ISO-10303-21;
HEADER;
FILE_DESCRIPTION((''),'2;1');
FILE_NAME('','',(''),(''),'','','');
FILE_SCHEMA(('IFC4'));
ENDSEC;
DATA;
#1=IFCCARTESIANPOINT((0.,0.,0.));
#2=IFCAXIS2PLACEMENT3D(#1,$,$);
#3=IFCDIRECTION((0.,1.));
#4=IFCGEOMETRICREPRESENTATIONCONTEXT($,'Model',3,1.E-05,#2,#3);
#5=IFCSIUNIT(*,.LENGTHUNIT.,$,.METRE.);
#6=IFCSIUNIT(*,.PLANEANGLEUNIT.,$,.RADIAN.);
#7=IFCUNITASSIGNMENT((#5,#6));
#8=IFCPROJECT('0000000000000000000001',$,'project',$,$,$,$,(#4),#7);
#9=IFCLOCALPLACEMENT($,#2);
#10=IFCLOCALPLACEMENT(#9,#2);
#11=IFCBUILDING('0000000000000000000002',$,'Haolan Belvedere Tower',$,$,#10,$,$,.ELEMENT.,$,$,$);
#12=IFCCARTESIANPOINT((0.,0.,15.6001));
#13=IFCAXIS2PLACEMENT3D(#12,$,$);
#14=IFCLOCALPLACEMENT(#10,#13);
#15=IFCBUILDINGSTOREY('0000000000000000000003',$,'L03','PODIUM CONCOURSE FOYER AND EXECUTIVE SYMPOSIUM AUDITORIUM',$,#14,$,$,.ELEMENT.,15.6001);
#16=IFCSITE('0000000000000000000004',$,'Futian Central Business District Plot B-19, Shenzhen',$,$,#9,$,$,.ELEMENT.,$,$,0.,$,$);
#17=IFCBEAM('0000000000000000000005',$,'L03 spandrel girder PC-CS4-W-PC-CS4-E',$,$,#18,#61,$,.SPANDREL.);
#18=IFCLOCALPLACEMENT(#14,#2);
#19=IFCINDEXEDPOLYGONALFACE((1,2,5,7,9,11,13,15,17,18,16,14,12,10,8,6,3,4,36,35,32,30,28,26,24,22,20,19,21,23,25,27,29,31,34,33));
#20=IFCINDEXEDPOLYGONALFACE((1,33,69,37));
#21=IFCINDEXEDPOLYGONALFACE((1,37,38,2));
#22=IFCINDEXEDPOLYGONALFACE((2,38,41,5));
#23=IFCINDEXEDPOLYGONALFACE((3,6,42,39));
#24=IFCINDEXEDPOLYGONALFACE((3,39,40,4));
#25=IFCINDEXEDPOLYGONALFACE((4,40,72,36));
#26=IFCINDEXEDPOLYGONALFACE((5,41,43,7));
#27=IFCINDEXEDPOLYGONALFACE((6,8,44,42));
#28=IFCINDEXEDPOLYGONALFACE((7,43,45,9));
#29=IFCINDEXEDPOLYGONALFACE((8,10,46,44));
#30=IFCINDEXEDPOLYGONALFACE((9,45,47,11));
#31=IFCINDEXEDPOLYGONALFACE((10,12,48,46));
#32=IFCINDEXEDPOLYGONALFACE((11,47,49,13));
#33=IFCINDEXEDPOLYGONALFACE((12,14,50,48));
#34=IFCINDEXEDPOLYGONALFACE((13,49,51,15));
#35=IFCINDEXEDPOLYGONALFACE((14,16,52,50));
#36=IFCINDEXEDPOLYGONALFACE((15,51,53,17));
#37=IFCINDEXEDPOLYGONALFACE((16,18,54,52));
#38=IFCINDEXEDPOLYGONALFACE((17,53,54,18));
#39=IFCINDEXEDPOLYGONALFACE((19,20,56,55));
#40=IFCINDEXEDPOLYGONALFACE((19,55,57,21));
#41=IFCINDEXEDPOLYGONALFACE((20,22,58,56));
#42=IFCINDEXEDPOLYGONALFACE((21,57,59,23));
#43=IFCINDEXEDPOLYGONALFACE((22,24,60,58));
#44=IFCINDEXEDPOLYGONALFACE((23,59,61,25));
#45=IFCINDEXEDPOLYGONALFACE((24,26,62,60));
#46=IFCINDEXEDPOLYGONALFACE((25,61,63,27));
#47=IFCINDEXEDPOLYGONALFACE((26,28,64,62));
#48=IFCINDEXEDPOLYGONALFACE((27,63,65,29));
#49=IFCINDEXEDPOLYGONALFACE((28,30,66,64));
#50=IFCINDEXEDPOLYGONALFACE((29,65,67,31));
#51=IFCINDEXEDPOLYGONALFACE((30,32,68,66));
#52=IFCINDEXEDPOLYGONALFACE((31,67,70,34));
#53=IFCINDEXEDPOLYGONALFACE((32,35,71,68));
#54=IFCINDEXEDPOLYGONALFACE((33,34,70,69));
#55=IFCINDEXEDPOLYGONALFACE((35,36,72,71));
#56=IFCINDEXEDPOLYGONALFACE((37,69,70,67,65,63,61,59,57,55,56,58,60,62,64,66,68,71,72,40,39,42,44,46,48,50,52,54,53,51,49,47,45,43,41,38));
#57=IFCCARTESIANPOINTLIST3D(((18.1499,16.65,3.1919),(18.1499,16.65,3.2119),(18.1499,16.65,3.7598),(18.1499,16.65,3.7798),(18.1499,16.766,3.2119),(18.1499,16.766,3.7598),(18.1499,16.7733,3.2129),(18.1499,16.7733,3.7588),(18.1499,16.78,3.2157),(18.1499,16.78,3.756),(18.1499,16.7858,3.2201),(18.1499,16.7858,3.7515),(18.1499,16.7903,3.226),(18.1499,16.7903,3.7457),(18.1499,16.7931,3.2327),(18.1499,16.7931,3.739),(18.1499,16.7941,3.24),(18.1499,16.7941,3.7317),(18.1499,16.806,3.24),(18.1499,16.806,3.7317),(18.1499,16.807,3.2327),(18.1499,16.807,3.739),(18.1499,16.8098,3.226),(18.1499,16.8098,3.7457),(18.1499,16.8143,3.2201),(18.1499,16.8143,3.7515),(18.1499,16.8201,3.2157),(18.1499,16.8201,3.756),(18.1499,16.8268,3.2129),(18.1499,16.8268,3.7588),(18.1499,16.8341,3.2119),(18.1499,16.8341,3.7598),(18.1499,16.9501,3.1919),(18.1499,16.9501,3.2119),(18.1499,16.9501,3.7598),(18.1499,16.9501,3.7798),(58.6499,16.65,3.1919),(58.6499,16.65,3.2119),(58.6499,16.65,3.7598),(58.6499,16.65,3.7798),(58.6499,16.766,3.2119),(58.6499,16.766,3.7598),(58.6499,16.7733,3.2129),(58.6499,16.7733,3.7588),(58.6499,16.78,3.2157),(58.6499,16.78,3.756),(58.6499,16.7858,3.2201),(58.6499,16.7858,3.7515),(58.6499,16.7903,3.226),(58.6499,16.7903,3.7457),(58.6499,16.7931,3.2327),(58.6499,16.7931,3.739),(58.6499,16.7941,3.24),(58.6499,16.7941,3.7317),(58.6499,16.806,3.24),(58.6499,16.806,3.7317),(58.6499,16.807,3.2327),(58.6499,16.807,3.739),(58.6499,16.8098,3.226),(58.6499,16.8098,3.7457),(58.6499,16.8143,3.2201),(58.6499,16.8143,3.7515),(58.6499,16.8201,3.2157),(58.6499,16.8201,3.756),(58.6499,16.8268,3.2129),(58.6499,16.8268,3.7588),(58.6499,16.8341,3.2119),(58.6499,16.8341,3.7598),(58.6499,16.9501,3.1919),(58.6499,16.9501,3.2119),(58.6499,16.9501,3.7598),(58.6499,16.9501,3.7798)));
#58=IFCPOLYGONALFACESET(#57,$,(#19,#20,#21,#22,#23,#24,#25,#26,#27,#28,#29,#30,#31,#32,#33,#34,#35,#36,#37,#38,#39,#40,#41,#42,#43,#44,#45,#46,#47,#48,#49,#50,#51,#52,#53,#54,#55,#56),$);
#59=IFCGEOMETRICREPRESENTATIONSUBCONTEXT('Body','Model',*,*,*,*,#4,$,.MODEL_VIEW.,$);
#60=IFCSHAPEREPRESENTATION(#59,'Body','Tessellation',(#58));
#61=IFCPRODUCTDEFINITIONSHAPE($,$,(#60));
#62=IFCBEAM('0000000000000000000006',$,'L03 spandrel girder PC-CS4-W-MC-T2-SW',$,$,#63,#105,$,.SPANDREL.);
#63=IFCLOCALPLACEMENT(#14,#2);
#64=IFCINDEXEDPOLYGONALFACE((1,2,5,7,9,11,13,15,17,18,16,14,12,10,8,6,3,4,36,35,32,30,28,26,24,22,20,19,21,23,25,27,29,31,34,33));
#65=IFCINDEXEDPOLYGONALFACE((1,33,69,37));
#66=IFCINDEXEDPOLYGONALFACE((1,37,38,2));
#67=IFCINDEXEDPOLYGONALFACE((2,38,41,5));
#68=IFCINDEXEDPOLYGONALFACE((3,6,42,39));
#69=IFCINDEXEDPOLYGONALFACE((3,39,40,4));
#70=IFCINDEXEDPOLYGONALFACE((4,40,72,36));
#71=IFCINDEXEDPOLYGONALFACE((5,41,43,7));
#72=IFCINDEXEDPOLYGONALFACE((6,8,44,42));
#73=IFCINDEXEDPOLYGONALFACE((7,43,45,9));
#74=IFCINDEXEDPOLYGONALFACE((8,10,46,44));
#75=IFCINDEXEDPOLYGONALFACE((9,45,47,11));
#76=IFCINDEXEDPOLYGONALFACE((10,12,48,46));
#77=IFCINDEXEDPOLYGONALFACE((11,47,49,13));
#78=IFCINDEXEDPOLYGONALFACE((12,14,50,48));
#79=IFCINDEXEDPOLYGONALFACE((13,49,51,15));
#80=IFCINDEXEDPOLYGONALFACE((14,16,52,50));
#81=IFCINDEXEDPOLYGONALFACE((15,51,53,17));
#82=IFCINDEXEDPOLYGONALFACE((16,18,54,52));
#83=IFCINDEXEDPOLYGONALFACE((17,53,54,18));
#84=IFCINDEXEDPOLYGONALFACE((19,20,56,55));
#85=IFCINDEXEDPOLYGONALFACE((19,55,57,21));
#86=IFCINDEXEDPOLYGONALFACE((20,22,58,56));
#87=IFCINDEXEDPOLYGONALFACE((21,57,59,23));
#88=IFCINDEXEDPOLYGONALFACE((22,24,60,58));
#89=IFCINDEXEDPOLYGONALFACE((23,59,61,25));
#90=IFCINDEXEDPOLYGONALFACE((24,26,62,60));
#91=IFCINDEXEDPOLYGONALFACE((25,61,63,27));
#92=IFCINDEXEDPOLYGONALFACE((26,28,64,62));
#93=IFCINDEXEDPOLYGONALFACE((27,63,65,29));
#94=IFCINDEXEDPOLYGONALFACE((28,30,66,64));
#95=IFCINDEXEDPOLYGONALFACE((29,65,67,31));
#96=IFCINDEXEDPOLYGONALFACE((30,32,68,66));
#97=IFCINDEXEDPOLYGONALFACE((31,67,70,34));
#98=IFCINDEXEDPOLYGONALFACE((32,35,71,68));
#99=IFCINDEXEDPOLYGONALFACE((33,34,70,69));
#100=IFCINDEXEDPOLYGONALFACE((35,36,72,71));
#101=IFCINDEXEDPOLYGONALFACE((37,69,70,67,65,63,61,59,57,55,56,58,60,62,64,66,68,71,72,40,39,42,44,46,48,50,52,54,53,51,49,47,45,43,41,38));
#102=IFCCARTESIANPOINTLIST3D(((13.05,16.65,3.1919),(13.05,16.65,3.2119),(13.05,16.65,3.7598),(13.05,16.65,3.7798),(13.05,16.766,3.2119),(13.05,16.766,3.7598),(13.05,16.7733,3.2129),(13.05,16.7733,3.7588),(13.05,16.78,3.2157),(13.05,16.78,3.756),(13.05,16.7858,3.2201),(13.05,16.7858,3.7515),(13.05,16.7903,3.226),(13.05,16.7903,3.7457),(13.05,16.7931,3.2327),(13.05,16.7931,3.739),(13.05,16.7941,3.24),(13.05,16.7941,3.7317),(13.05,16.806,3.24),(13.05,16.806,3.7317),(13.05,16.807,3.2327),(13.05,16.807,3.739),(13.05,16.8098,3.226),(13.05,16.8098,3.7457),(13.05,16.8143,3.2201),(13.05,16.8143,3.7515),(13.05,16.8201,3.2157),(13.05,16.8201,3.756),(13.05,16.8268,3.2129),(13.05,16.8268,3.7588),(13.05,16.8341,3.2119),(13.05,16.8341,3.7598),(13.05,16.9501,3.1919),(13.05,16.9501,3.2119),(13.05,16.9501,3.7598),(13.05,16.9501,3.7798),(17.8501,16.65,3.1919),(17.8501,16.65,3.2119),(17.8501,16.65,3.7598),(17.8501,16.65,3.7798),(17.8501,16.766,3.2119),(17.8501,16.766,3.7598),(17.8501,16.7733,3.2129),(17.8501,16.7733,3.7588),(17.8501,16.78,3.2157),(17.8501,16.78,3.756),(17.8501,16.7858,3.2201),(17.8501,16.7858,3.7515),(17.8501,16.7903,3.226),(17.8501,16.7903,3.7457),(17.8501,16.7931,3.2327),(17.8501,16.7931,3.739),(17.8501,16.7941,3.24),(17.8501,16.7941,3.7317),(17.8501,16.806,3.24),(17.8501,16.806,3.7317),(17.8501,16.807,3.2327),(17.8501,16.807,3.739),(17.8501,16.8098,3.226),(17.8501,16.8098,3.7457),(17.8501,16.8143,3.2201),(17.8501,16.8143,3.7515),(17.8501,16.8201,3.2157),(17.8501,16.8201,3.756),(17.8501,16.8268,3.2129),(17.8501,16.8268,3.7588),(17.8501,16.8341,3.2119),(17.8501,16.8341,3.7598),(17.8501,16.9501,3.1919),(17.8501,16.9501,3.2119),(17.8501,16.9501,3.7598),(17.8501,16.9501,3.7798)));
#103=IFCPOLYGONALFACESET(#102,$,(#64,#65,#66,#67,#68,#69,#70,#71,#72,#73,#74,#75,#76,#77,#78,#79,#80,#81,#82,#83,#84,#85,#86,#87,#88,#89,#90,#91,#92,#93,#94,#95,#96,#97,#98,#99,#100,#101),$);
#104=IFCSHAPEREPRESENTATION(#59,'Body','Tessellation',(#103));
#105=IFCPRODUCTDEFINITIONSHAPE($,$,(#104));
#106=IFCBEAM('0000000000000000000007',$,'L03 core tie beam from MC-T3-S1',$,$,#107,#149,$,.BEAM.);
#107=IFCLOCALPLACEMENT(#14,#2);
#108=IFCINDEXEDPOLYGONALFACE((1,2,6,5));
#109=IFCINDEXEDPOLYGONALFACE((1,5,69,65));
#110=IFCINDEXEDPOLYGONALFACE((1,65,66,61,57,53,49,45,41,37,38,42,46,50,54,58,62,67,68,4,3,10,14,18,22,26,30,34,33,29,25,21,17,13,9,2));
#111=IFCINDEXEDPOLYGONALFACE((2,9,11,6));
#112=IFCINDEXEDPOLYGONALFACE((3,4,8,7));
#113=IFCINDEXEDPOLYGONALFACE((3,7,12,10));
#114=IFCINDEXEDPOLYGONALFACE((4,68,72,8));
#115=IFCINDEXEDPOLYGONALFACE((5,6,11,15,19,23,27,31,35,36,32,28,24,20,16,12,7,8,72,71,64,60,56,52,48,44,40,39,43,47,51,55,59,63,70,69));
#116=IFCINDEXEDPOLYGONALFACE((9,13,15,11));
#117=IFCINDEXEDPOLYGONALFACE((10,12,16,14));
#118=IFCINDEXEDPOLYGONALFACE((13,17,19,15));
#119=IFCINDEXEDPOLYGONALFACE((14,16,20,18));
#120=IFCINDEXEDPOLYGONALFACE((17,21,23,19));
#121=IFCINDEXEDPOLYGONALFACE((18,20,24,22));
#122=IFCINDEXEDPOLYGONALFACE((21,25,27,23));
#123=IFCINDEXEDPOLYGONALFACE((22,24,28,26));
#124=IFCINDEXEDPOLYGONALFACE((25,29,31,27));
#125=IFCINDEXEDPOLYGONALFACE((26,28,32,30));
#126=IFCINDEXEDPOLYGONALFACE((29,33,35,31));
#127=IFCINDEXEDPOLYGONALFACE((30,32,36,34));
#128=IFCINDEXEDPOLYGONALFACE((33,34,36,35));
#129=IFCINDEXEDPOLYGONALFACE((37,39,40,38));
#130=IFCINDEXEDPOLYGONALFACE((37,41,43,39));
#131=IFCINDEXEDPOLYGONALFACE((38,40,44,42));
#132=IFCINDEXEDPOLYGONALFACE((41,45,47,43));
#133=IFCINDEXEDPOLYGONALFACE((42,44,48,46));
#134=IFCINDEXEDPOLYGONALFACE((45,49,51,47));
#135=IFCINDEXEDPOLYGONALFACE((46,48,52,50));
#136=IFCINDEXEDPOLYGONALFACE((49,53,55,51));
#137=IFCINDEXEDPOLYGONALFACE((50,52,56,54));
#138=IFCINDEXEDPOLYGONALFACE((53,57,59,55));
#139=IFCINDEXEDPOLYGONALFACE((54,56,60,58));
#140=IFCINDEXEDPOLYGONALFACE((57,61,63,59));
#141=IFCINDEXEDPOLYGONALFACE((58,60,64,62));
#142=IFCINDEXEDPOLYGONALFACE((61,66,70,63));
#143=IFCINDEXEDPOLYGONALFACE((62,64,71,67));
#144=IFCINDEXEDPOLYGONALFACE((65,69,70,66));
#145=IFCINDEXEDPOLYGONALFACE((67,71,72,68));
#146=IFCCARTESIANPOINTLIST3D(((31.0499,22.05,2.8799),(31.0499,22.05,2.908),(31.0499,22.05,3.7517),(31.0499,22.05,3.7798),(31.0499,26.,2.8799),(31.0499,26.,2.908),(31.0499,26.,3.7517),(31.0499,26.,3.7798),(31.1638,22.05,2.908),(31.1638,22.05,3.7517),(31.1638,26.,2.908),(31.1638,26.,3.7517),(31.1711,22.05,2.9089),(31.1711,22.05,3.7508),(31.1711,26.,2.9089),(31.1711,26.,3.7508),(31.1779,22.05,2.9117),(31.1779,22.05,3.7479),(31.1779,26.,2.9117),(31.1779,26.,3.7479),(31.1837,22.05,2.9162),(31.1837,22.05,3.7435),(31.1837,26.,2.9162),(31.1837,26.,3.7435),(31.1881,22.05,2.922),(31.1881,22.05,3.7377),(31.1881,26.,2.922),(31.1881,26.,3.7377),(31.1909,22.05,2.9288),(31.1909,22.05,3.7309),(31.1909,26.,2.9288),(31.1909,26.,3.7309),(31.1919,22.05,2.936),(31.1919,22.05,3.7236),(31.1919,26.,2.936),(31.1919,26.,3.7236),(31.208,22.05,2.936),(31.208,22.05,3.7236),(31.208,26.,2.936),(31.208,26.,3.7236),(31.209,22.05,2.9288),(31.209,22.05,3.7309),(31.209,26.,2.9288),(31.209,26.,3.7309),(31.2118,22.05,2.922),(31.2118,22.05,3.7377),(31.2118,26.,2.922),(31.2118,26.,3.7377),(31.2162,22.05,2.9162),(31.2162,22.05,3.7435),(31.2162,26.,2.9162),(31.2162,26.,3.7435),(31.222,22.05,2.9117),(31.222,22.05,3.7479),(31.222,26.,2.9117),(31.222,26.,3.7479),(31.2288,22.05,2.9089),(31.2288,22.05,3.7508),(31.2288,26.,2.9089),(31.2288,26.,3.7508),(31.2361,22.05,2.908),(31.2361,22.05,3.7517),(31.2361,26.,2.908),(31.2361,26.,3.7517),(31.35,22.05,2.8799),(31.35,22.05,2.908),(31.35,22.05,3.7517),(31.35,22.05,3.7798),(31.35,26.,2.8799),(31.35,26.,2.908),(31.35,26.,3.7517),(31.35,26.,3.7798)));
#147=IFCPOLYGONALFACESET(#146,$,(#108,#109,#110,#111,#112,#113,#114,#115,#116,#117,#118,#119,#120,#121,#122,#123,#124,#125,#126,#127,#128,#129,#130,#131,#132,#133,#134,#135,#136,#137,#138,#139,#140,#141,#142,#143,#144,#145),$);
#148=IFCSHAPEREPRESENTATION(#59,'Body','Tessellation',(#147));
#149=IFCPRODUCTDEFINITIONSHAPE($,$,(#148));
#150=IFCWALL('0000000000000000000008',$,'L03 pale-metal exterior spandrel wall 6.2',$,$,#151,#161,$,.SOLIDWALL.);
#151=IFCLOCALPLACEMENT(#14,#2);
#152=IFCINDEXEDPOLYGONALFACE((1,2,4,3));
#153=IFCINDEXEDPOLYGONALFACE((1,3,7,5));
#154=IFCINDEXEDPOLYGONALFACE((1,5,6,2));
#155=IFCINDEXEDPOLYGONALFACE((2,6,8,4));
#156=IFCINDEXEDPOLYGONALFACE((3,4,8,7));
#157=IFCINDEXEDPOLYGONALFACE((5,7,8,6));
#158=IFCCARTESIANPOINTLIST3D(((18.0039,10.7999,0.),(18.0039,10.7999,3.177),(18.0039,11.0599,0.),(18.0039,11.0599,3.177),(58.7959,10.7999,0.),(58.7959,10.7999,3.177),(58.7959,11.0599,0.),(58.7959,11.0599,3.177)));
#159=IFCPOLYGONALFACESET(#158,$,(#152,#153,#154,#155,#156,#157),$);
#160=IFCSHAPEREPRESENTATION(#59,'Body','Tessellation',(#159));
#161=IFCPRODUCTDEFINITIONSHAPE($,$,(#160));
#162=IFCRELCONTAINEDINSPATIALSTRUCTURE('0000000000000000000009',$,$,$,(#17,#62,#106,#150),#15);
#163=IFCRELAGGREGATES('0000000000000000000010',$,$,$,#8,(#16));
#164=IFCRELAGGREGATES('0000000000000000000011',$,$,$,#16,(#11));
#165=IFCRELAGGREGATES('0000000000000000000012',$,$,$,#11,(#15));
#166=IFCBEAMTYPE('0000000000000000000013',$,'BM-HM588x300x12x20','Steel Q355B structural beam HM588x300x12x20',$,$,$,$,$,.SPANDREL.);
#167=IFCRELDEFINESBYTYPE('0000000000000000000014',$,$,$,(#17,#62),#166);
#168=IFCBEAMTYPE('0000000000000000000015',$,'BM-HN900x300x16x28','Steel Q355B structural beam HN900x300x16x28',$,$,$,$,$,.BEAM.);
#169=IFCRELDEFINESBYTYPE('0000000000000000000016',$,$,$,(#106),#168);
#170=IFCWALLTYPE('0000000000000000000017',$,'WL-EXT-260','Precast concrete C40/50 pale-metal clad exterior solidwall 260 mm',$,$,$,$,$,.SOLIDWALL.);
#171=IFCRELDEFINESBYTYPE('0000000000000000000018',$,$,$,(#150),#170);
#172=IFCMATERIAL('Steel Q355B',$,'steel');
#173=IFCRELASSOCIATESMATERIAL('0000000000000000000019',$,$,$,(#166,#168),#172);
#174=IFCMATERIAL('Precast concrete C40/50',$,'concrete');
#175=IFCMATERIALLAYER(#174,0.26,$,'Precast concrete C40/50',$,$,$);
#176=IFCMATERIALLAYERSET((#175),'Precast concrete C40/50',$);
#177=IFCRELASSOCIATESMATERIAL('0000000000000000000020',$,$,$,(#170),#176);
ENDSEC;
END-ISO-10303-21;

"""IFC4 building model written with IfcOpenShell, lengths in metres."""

from ifc_helpers import new_model, si_unit, direction, frame, frame_2d, origin, origin_2d, place, context, subcontext, project, spatial, rectangle, i_section, extrude, material, layer, layer_set, material_profile, profile_set, type_object, element, save


model = new_model("IFC4")

# Units and contexts
model_context = context("Model", 3, precision=1e-05, world=origin(), true_north=direction((0.0, 1.0)))
body_context = subcontext(model_context, "Body", "Model", "MODEL_VIEW")
ifc_project = project(units=[si_unit("LENGTHUNIT", "METRE"), si_unit("PLANEANGLEUNIT", "RADIAN")], contexts=[model_context])

# Site, building, storey
site_placement = place(None, origin())
site = spatial("IfcSite", under=ifc_project, at=site_placement, Name="Futian Central Business District Plot B-19, Shenzhen", CompositionType="ELEMENT", RefElevation=0.0)
building_placement = place(site_placement, origin())
building = spatial("IfcBuilding", under=site, at=building_placement, Name="Haolan Belvedere Tower", CompositionType="ELEMENT")
storey_placement = place(building_placement, frame((0.0, 0.0, 15.6001)))
storey = spatial("IfcBuildingStorey", under=building, at=storey_placement, Name="L03", Description="PODIUM CONCOURSE FOYER AND EXECUTIVE SYMPOSIUM AUDITORIUM", CompositionType="ELEMENT", Elevation=15.6001)

# Shared definitions
ifc_material_1 = material(Name="Steel Q355B", Category="steel")

# Beams
ifc_material_profile_1 = material_profile(ifc_material_1, i_section(OverallWidth=0.3, OverallDepth=0.5879, WebThickness=0.012, FlangeThickness=0.02, FilletRadius=0.0281, at=origin_2d()), Name="Steel Q355B")
ifc_profile_set_1 = profile_set([ifc_material_profile_1], Name="Steel Q355B")
beam_type_1 = type_object("IfcBeamType", Name="BM-HM588x300x12x20", Description="Steel Q355B structural beam HM588x300x12x20", PredefinedType="SPANDREL", material=ifc_profile_set_1)
beam_1_placement = place(storey_placement, frame((18.1499, 16.8, 3.4858), z_axis=(1.0, 0.0, 0.0), x_axis=(0.0, 1.0, 0.0)))
element("IfcBeam", 1, at=beam_1_placement, inside=storey, type_object=beam_type_1, Name="L03 spandrel girder PC-CS4-W-PC-CS4-E", PredefinedType="SPANDREL", context=body_context, shape_type="SweptSolid", body=[
    extrude(i_section(OverallWidth=0.3, OverallDepth=0.5879, WebThickness=0.012, FlangeThickness=0.02, FilletRadius=0.0281, at=origin_2d()), origin(), (0.0, 0.0, 1.0), 40.5),
])
beam_2_placement = place(storey_placement, frame((17.8501, 16.8, 3.4858), z_axis=(-1.0, 0.0, 0.0), x_axis=(0.0, -1.0, 0.0)))
element("IfcBeam", 2, at=beam_2_placement, inside=storey, type_object=beam_type_1, Name="L03 spandrel girder PC-CS4-W-MC-T2-SW", PredefinedType="SPANDREL", context=body_context, shape_type="SweptSolid", body=[
    extrude(i_section(OverallWidth=0.3, OverallDepth=0.5879, WebThickness=0.012, FlangeThickness=0.02, FilletRadius=0.0281, at=origin_2d()), origin(), (0.0, 0.0, 1.0), 4.8),
])
ifc_material_profile_2 = material_profile(ifc_material_1, i_section(OverallWidth=0.3, OverallDepth=0.8999, WebThickness=0.0161, FlangeThickness=0.0281, FilletRadius=0.0281, at=origin_2d()), Name="Steel Q355B")
ifc_profile_set_2 = profile_set([ifc_material_profile_2], Name="Steel Q355B")
beam_type_2 = type_object("IfcBeamType", Name="BM-HN900x300x16x28", Description="Steel Q355B structural beam HN900x300x16x28", PredefinedType="BEAM", material=ifc_profile_set_2)
beam_3_placement = place(storey_placement, frame((31.2, 22.05, 3.3298), z_axis=(0.0, 1.0, 0.0), x_axis=(-1.0, 0.0, 0.0)))
element("IfcBeam", 3, at=beam_3_placement, inside=storey, type_object=beam_type_2, Name="L03 core tie beam from MC-T3-S1", PredefinedType="BEAM", context=body_context, shape_type="SweptSolid", body=[
    extrude(i_section(OverallWidth=0.3, OverallDepth=0.8999, WebThickness=0.0161, FlangeThickness=0.0281, FilletRadius=0.0281, at=origin_2d()), origin(), (0.0, 0.0, 1.0), 3.95),
])

# Wall
ifc_material_2 = material(Name="Precast concrete C40/50", Category="concrete")
ifc_layer_1 = layer(ifc_material_2, 0.26, Name="Precast concrete C40/50")
ifc_layer_set_1 = layer_set([ifc_layer_1], Name="Precast concrete C40/50")
wall_type_1 = type_object("IfcWallType", Name="WL-EXT-260", Description="Precast concrete C40/50 pale-metal clad exterior solidwall 260 mm", PredefinedType="SOLIDWALL", material=ifc_layer_set_1)
wall_1_placement = place(storey_placement, frame((18.0039, 10.9299, 0.0), z_axis=(0.0, 0.0, 1.0), x_axis=(1.0, 0.0, 0.0)))
element("IfcWall", 4, at=wall_1_placement, inside=storey, type_object=wall_type_1, Name="L03 pale-metal exterior spandrel wall 6.2", PredefinedType="SOLIDWALL", context=body_context, shape_type="SweptSolid", body=[
    extrude(rectangle(XDim=40.792, YDim=0.26, at=frame_2d((20.396, 0.0))), origin(), (0.0, 0.0, 1.0), 3.177),
])

save(model, "model.ifc")
